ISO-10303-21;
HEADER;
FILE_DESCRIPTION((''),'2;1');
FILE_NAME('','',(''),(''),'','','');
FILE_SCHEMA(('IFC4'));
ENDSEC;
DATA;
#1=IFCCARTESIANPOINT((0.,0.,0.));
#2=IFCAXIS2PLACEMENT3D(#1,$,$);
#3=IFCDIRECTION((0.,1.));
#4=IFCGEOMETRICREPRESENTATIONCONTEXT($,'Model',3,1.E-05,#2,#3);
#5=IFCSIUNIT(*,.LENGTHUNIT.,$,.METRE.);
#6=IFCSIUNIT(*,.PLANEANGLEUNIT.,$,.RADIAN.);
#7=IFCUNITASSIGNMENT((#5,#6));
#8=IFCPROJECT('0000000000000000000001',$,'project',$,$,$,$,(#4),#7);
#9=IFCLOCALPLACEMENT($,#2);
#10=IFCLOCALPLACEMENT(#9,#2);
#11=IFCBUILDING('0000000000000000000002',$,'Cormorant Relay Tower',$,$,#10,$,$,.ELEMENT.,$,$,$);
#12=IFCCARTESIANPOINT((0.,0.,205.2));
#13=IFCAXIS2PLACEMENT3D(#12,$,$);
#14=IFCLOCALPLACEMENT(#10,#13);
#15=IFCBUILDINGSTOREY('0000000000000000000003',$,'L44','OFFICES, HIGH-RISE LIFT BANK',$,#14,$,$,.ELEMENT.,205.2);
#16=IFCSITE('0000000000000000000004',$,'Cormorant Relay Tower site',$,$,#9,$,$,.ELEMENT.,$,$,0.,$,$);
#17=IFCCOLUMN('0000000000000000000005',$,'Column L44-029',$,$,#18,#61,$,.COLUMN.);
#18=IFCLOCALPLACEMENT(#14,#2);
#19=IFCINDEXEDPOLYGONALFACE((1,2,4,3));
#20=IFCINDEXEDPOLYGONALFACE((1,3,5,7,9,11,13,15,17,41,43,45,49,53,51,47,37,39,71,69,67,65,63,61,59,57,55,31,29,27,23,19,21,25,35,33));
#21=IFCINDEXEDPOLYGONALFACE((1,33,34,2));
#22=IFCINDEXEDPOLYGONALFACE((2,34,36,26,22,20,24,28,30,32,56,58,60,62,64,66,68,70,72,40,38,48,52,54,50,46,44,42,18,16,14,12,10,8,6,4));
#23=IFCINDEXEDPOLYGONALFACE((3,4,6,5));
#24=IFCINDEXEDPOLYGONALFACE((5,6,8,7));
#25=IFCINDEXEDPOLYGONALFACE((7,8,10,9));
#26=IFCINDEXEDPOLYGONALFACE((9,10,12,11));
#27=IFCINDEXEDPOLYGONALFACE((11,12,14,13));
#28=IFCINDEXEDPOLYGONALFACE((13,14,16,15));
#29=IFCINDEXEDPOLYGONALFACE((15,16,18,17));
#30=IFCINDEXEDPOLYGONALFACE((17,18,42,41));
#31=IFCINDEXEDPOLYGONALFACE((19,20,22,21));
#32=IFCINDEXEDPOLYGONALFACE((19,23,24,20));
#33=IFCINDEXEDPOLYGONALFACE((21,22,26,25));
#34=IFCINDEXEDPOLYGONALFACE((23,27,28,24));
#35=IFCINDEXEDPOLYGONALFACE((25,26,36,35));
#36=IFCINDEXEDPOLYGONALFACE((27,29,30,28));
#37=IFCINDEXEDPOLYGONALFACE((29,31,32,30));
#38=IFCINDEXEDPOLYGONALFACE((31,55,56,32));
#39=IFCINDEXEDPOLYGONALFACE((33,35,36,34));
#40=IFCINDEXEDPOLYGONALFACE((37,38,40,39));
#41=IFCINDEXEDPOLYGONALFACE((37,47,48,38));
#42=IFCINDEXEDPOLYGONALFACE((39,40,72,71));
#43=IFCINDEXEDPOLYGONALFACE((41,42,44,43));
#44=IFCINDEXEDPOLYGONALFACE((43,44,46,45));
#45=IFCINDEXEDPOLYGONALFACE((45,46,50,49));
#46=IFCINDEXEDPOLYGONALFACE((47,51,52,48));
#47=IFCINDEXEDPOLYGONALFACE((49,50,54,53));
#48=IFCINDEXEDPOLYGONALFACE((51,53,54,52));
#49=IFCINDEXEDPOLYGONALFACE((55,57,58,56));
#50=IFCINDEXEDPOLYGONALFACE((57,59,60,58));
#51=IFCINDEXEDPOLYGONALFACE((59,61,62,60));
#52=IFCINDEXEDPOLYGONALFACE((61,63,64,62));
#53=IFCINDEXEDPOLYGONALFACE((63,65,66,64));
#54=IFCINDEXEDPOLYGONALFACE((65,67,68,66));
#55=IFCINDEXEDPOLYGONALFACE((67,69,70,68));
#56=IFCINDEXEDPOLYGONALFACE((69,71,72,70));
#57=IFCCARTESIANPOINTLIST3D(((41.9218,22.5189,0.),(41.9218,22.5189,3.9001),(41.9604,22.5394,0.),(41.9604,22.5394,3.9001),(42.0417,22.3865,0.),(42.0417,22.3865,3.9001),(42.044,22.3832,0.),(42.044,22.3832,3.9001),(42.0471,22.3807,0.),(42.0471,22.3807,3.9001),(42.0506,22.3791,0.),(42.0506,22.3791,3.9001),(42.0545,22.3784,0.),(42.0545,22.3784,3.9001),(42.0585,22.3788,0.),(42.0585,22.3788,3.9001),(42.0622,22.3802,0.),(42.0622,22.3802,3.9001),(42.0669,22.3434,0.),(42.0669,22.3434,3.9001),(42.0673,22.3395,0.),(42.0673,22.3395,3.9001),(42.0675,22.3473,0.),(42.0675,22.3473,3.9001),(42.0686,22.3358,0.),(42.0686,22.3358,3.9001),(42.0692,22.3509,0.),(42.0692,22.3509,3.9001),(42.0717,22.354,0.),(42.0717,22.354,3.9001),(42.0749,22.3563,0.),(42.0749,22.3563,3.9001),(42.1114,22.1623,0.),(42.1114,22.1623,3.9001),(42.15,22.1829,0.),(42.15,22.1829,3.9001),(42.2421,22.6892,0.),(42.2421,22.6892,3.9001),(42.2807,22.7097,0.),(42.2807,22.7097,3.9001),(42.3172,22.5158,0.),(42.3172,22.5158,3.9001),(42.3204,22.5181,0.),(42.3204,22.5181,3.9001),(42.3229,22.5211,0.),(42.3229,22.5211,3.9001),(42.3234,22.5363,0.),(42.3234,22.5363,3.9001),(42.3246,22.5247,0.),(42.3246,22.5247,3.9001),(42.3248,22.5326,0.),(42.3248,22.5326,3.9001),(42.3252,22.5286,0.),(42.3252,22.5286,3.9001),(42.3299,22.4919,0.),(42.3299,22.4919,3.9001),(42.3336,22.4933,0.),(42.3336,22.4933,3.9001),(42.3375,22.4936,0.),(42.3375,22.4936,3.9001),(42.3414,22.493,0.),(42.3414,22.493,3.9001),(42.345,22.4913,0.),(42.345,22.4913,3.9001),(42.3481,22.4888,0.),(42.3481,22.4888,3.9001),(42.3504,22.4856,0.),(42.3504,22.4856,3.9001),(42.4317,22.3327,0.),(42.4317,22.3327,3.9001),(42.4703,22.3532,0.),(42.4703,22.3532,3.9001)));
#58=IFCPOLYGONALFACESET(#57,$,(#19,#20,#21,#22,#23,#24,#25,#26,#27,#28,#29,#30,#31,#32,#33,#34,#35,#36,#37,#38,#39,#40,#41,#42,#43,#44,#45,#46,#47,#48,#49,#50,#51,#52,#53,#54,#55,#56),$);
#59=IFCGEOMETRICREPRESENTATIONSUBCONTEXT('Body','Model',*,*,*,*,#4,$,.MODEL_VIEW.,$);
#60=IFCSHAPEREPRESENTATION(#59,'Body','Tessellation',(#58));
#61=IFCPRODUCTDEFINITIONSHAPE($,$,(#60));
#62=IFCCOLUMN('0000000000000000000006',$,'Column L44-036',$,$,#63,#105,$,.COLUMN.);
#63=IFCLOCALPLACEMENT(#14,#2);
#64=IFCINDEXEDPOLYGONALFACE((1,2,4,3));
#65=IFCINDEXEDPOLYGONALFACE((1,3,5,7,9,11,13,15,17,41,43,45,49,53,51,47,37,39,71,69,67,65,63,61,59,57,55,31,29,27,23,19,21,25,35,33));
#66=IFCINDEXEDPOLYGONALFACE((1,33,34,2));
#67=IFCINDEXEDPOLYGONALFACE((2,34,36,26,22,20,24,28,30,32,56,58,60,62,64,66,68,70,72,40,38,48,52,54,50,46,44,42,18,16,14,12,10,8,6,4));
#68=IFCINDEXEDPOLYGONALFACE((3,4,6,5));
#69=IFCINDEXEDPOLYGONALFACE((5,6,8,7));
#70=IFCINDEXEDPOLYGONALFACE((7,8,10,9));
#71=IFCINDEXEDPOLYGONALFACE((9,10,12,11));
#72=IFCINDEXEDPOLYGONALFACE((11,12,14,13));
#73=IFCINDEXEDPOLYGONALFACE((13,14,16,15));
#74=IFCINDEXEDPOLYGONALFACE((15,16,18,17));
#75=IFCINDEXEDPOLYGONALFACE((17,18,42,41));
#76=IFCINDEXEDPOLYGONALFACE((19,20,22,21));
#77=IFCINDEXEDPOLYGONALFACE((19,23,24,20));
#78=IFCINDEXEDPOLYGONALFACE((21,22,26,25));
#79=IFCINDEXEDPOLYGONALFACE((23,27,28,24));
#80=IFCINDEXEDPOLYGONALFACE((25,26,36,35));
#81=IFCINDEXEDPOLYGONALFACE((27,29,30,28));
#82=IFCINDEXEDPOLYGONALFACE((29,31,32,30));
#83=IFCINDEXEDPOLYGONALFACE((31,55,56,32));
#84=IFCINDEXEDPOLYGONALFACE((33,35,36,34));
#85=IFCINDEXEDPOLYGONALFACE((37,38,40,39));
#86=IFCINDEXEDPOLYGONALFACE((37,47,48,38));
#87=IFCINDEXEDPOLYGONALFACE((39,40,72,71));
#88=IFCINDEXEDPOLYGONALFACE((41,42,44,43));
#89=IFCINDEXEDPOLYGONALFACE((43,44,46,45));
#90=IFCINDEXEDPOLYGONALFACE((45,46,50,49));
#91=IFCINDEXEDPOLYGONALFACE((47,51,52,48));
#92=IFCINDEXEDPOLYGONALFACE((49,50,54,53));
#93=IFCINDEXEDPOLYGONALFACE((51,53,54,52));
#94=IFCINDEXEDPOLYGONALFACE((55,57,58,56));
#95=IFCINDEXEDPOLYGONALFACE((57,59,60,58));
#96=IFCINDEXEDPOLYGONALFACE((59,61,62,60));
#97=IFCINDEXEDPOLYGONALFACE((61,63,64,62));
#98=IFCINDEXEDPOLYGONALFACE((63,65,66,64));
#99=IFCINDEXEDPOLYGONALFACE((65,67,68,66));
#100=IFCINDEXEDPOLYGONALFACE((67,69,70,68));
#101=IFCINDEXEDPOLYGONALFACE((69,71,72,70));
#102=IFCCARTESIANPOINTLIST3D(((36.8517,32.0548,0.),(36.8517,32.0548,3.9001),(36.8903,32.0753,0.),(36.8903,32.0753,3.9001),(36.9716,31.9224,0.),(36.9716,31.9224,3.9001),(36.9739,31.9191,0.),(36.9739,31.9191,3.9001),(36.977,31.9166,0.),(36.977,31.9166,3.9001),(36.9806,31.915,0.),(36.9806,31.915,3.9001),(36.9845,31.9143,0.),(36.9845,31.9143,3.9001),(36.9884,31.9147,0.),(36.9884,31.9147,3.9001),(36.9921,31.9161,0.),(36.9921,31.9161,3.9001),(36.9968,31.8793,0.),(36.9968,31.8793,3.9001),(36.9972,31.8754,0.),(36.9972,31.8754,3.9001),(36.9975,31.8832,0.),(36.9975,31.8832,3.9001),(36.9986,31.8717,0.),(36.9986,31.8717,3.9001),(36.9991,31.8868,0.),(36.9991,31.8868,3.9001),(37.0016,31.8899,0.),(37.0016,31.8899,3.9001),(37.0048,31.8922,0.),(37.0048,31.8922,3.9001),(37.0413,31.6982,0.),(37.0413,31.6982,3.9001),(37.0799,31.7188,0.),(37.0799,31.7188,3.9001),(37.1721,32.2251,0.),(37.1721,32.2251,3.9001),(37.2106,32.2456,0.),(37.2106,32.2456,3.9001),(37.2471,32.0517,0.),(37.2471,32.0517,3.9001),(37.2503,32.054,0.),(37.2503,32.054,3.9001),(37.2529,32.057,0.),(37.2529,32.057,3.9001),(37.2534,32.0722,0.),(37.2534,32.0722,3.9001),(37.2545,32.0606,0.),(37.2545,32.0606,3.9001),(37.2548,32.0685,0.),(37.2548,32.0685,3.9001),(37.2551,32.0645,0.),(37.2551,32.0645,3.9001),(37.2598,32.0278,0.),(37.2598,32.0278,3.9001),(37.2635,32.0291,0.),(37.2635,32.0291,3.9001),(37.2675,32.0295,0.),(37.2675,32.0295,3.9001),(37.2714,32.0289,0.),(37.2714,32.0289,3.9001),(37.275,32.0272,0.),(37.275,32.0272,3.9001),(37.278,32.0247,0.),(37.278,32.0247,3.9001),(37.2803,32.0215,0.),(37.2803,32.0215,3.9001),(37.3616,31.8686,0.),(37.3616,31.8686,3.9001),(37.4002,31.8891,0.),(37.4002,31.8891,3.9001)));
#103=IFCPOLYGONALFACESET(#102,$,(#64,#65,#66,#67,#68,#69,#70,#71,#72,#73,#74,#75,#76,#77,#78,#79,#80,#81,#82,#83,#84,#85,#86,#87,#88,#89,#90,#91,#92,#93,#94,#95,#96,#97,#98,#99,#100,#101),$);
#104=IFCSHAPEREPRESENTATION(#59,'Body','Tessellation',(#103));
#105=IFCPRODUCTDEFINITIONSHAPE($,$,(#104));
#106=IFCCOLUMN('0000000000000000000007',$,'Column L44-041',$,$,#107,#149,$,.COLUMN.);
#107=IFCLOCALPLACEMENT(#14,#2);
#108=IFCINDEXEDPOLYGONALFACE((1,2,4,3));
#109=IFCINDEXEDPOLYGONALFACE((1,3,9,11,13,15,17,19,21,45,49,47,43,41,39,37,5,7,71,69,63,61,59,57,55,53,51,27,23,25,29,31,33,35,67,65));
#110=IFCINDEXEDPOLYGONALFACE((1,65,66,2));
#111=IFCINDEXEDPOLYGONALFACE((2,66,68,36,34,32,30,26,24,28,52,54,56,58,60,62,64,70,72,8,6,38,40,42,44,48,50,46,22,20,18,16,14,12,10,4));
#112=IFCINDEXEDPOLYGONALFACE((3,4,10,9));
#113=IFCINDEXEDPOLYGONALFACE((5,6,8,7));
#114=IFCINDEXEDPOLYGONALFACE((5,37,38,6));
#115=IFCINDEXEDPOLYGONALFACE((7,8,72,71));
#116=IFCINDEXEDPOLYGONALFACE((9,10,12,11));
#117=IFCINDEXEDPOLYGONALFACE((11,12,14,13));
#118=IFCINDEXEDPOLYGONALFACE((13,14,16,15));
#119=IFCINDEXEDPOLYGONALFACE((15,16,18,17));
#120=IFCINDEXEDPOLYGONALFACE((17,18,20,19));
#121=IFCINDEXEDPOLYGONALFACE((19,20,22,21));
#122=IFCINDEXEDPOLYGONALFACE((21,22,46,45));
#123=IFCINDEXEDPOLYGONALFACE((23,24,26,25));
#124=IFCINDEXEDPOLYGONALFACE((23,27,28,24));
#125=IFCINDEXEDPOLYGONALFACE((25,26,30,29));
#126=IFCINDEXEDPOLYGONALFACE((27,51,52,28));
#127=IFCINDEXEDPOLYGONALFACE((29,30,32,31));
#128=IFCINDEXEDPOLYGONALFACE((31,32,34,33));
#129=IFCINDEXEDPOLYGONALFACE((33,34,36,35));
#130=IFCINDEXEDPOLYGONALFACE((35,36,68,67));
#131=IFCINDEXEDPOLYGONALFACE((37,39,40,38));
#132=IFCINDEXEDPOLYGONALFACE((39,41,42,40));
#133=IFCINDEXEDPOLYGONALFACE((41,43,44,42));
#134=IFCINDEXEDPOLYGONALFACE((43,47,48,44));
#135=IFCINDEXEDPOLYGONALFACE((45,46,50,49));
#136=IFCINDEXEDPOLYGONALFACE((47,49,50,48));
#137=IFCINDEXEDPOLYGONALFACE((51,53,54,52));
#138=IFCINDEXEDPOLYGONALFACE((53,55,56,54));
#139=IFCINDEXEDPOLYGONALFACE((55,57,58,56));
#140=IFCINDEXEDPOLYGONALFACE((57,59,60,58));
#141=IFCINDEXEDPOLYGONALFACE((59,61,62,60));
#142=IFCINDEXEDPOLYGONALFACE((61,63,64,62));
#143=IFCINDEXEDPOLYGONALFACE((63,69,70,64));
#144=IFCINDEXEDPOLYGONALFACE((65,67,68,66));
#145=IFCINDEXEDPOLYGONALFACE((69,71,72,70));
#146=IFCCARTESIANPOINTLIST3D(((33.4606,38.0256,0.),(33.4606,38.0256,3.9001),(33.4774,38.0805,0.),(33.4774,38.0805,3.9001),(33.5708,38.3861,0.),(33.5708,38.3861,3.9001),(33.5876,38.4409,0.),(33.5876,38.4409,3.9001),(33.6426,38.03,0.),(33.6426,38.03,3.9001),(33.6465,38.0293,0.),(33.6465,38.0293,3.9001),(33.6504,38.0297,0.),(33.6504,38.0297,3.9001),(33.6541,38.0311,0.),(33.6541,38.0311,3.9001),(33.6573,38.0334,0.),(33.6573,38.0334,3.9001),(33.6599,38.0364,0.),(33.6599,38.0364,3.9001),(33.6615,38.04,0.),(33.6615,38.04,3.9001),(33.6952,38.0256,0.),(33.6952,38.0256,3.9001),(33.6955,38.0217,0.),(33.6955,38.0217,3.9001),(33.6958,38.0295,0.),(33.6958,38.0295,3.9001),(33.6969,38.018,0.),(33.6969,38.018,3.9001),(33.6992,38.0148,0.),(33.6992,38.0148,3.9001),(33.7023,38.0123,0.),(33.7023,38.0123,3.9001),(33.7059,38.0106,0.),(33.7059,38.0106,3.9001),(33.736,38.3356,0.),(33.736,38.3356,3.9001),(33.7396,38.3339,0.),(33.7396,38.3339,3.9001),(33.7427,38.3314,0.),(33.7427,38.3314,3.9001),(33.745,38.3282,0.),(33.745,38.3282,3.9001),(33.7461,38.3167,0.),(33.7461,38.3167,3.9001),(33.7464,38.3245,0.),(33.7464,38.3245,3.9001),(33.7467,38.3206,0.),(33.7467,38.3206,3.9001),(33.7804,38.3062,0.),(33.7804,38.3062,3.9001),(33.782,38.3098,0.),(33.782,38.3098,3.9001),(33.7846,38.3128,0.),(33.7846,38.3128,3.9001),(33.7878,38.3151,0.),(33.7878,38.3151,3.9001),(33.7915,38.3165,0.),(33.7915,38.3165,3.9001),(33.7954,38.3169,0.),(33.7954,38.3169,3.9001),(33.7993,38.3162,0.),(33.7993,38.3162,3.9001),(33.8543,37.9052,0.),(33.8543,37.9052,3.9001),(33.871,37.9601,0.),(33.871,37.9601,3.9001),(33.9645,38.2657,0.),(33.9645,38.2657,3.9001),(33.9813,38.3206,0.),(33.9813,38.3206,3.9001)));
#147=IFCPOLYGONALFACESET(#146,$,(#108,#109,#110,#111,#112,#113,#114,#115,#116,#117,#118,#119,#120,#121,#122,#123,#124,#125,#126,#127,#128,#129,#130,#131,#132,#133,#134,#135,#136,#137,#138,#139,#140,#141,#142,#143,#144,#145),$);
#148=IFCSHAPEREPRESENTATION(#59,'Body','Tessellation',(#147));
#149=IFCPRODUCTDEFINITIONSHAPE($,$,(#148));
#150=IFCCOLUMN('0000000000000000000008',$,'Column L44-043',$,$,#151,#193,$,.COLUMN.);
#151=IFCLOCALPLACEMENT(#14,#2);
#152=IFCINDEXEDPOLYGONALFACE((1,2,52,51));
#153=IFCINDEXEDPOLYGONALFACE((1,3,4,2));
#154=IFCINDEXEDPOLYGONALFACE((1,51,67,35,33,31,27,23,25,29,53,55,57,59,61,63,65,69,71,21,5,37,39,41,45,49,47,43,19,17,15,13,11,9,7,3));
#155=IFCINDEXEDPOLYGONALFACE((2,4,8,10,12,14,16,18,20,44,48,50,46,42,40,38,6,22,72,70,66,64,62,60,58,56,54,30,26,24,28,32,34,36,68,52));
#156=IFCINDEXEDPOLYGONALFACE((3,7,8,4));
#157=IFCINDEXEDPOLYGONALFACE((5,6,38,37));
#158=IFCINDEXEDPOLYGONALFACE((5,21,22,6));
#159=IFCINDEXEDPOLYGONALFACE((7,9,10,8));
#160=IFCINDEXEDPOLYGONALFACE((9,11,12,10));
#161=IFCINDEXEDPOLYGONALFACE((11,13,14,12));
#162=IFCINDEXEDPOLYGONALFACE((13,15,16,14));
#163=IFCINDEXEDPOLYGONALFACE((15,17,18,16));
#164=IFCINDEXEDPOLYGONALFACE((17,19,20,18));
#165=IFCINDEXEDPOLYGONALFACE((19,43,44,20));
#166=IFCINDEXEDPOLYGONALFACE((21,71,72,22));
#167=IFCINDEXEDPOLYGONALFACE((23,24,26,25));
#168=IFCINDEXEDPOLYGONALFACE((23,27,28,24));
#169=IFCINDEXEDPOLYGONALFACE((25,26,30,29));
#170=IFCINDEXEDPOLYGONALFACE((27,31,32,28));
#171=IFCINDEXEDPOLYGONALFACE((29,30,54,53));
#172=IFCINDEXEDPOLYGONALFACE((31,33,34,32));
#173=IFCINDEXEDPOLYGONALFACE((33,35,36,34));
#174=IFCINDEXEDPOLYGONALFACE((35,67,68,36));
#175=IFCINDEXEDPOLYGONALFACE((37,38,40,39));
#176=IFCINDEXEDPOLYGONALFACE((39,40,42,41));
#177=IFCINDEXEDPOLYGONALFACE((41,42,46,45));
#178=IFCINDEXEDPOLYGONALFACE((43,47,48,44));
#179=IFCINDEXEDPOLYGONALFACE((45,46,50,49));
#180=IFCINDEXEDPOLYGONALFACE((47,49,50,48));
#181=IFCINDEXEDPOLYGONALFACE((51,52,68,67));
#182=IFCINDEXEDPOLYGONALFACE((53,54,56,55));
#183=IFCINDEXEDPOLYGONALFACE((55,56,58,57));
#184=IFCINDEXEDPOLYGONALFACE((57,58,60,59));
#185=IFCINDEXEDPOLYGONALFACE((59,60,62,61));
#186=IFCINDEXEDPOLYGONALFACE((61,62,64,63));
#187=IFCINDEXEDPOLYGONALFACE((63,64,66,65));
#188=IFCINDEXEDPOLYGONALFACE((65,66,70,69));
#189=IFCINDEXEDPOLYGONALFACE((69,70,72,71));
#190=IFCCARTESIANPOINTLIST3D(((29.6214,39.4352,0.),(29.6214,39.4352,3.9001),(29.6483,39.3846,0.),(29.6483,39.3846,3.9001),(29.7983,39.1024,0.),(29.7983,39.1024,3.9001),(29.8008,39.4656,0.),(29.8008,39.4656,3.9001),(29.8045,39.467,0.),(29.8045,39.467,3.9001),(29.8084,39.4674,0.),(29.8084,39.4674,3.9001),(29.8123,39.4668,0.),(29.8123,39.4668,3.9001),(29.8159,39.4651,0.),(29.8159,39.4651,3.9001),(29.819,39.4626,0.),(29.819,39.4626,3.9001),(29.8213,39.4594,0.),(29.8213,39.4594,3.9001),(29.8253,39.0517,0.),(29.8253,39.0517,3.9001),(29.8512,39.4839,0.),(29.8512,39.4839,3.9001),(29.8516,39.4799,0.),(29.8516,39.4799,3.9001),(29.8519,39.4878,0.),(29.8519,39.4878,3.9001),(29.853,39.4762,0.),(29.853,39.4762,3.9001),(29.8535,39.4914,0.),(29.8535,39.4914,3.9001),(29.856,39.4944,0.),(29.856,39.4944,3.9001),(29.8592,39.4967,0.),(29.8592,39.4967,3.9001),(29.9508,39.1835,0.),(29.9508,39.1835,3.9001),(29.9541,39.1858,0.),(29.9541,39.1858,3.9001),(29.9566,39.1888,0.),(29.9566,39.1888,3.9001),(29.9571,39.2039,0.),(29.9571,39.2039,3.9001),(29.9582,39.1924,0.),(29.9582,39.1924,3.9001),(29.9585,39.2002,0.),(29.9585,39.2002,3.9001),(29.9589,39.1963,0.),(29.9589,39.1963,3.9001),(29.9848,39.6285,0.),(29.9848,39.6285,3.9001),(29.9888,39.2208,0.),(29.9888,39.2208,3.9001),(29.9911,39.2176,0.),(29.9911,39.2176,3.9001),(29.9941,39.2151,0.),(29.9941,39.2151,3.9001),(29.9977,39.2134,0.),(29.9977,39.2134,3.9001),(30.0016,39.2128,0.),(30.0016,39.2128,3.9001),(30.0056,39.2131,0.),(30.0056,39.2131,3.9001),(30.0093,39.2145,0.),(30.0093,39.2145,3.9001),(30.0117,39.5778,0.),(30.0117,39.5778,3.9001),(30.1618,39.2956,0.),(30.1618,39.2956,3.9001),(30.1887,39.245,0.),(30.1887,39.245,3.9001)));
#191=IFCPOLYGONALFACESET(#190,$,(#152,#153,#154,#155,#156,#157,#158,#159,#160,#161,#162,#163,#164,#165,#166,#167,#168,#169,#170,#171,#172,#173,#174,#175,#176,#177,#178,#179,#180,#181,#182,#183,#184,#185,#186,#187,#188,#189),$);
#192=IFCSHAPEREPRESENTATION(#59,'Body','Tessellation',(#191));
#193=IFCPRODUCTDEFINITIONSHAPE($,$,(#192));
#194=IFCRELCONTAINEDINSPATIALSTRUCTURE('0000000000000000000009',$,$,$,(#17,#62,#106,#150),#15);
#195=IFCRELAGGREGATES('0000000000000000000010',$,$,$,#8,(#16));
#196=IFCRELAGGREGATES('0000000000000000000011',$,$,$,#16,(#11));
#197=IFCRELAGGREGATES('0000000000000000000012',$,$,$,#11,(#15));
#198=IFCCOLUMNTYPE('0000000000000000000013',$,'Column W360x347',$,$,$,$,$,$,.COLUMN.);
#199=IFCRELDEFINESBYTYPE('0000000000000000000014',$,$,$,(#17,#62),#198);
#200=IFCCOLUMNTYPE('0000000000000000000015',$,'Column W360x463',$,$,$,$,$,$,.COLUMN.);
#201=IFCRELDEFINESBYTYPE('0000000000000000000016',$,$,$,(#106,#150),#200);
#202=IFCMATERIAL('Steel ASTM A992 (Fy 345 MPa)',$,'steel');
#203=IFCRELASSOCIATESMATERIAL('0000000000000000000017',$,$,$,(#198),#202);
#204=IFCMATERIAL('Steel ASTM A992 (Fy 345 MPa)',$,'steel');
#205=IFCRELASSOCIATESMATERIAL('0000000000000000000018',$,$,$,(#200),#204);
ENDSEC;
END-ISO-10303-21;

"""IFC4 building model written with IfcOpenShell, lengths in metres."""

from ifc_helpers import new_model, si_unit, direction, frame, origin, origin_2d, place, context, subcontext, project, spatial, i_section, extrude, material, material_profile, profile_set, type_object, element, save


model = new_model("IFC4")

# Units and contexts
model_context = context("Model", 3, precision=1e-05, world=origin(), true_north=direction((0.0, 1.0)))
body_context = subcontext(model_context, "Body", "Model", "MODEL_VIEW")
ifc_project = project(units=[si_unit("LENGTHUNIT", "METRE"), si_unit("PLANEANGLEUNIT", "RADIAN")], contexts=[model_context])

# Site, building, storey
site_placement = place(None, origin())
site = spatial("IfcSite", under=ifc_project, at=site_placement, Name="Cormorant Relay Tower site", CompositionType="ELEMENT", RefElevation=0.0)
building_placement = place(site_placement, origin())
building = spatial("IfcBuilding", under=site, at=building_placement, Name="Cormorant Relay Tower", CompositionType="ELEMENT")
storey_placement = place(building_placement, frame((0.0, 0.0, 205.2)))
storey = spatial("IfcBuildingStorey", under=building, at=storey_placement, Name="L44", Description="OFFICES, HIGH-RISE LIFT BANK", CompositionType="ELEMENT", Elevation=205.2)

# Columns
ifc_material_1 = material(Name="Steel ASTM A992 (Fy 345 MPa)", Category="steel")
ifc_material_profile_1 = material_profile(ifc_material_1, i_section(OverallWidth=0.4038, OverallDepth=0.4065, WebThickness=0.0271, FlangeThickness=0.0437, FilletRadius=0.0151, at=origin_2d()), Name="W360x347")
ifc_profile_set_1 = profile_set([ifc_material_profile_1], Name="Steel ASTM A992 (Fy 345 MPa)")
column_type_1 = type_object("IfcColumnType", Name="Column W360x347", PredefinedType="COLUMN", material=ifc_profile_set_1)
for number, where, z_axis, x_axis, name in (
    (1, (42.196, 22.436, 0.0), (0.0, 0.0, 1.0), (-0.469472, 0.882948, 0.0), "Column L44-029"),
    (2, (37.126, 31.9719, 0.0), (0.0, 0.0, 1.0), (-0.469472, 0.882948, 0.0), "Column L44-036"),
):
    element("IfcColumn", number, at=place(storey_placement, frame(where, z_axis=z_axis, x_axis=x_axis)), inside=storey, type_object=column_type_1, Name=name, PredefinedType="COLUMN", context=body_context, shape_type="SweptSolid", body=[
        extrude(i_section(OverallWidth=0.4038, OverallDepth=0.4065, WebThickness=0.0271, FlangeThickness=0.0437, FilletRadius=0.0151, at=origin_2d()), origin(), (0.0, 0.0, 1.0), 3.9001),
    ])
ifc_material_2 = material(Name="Steel ASTM A992 (Fy 345 MPa)", Category="steel")
ifc_material_profile_2 = material_profile(ifc_material_2, i_section(OverallWidth=0.4116, OverallDepth=0.4343, WebThickness=0.0359, FlangeThickness=0.0574, FilletRadius=0.0151, at=origin_2d()), Name="W360x463")
ifc_profile_set_2 = profile_set([ifc_material_profile_2], Name="Steel ASTM A992 (Fy 345 MPa)")
column_type_2 = type_object("IfcColumnType", Name="Column W360x463", PredefinedType="COLUMN", material=ifc_profile_set_2)
for number, where, z_axis, x_axis, name in (
    (3, (33.7209, 38.1731, 0.0), (0.0, 0.0, 1.0), (-0.956305, 0.292372, 0.0), "Column L44-041"),
    (4, (29.905, 39.3401, 0.0), (0.0, 0.0, 1.0), (-0.882948, -0.469472, 0.0), "Column L44-043"),
):
    element("IfcColumn", number, at=place(storey_placement, frame(where, z_axis=z_axis, x_axis=x_axis)), inside=storey, type_object=column_type_2, Name=name, PredefinedType="COLUMN", context=body_context, shape_type="SweptSolid", body=[
        extrude(i_section(OverallWidth=0.4116, OverallDepth=0.4343, WebThickness=0.0359, FlangeThickness=0.0574, FilletRadius=0.0151, at=origin_2d()), origin(), (0.0, 0.0, 1.0), 3.9001),
    ])

save(model, "model.ifc")
